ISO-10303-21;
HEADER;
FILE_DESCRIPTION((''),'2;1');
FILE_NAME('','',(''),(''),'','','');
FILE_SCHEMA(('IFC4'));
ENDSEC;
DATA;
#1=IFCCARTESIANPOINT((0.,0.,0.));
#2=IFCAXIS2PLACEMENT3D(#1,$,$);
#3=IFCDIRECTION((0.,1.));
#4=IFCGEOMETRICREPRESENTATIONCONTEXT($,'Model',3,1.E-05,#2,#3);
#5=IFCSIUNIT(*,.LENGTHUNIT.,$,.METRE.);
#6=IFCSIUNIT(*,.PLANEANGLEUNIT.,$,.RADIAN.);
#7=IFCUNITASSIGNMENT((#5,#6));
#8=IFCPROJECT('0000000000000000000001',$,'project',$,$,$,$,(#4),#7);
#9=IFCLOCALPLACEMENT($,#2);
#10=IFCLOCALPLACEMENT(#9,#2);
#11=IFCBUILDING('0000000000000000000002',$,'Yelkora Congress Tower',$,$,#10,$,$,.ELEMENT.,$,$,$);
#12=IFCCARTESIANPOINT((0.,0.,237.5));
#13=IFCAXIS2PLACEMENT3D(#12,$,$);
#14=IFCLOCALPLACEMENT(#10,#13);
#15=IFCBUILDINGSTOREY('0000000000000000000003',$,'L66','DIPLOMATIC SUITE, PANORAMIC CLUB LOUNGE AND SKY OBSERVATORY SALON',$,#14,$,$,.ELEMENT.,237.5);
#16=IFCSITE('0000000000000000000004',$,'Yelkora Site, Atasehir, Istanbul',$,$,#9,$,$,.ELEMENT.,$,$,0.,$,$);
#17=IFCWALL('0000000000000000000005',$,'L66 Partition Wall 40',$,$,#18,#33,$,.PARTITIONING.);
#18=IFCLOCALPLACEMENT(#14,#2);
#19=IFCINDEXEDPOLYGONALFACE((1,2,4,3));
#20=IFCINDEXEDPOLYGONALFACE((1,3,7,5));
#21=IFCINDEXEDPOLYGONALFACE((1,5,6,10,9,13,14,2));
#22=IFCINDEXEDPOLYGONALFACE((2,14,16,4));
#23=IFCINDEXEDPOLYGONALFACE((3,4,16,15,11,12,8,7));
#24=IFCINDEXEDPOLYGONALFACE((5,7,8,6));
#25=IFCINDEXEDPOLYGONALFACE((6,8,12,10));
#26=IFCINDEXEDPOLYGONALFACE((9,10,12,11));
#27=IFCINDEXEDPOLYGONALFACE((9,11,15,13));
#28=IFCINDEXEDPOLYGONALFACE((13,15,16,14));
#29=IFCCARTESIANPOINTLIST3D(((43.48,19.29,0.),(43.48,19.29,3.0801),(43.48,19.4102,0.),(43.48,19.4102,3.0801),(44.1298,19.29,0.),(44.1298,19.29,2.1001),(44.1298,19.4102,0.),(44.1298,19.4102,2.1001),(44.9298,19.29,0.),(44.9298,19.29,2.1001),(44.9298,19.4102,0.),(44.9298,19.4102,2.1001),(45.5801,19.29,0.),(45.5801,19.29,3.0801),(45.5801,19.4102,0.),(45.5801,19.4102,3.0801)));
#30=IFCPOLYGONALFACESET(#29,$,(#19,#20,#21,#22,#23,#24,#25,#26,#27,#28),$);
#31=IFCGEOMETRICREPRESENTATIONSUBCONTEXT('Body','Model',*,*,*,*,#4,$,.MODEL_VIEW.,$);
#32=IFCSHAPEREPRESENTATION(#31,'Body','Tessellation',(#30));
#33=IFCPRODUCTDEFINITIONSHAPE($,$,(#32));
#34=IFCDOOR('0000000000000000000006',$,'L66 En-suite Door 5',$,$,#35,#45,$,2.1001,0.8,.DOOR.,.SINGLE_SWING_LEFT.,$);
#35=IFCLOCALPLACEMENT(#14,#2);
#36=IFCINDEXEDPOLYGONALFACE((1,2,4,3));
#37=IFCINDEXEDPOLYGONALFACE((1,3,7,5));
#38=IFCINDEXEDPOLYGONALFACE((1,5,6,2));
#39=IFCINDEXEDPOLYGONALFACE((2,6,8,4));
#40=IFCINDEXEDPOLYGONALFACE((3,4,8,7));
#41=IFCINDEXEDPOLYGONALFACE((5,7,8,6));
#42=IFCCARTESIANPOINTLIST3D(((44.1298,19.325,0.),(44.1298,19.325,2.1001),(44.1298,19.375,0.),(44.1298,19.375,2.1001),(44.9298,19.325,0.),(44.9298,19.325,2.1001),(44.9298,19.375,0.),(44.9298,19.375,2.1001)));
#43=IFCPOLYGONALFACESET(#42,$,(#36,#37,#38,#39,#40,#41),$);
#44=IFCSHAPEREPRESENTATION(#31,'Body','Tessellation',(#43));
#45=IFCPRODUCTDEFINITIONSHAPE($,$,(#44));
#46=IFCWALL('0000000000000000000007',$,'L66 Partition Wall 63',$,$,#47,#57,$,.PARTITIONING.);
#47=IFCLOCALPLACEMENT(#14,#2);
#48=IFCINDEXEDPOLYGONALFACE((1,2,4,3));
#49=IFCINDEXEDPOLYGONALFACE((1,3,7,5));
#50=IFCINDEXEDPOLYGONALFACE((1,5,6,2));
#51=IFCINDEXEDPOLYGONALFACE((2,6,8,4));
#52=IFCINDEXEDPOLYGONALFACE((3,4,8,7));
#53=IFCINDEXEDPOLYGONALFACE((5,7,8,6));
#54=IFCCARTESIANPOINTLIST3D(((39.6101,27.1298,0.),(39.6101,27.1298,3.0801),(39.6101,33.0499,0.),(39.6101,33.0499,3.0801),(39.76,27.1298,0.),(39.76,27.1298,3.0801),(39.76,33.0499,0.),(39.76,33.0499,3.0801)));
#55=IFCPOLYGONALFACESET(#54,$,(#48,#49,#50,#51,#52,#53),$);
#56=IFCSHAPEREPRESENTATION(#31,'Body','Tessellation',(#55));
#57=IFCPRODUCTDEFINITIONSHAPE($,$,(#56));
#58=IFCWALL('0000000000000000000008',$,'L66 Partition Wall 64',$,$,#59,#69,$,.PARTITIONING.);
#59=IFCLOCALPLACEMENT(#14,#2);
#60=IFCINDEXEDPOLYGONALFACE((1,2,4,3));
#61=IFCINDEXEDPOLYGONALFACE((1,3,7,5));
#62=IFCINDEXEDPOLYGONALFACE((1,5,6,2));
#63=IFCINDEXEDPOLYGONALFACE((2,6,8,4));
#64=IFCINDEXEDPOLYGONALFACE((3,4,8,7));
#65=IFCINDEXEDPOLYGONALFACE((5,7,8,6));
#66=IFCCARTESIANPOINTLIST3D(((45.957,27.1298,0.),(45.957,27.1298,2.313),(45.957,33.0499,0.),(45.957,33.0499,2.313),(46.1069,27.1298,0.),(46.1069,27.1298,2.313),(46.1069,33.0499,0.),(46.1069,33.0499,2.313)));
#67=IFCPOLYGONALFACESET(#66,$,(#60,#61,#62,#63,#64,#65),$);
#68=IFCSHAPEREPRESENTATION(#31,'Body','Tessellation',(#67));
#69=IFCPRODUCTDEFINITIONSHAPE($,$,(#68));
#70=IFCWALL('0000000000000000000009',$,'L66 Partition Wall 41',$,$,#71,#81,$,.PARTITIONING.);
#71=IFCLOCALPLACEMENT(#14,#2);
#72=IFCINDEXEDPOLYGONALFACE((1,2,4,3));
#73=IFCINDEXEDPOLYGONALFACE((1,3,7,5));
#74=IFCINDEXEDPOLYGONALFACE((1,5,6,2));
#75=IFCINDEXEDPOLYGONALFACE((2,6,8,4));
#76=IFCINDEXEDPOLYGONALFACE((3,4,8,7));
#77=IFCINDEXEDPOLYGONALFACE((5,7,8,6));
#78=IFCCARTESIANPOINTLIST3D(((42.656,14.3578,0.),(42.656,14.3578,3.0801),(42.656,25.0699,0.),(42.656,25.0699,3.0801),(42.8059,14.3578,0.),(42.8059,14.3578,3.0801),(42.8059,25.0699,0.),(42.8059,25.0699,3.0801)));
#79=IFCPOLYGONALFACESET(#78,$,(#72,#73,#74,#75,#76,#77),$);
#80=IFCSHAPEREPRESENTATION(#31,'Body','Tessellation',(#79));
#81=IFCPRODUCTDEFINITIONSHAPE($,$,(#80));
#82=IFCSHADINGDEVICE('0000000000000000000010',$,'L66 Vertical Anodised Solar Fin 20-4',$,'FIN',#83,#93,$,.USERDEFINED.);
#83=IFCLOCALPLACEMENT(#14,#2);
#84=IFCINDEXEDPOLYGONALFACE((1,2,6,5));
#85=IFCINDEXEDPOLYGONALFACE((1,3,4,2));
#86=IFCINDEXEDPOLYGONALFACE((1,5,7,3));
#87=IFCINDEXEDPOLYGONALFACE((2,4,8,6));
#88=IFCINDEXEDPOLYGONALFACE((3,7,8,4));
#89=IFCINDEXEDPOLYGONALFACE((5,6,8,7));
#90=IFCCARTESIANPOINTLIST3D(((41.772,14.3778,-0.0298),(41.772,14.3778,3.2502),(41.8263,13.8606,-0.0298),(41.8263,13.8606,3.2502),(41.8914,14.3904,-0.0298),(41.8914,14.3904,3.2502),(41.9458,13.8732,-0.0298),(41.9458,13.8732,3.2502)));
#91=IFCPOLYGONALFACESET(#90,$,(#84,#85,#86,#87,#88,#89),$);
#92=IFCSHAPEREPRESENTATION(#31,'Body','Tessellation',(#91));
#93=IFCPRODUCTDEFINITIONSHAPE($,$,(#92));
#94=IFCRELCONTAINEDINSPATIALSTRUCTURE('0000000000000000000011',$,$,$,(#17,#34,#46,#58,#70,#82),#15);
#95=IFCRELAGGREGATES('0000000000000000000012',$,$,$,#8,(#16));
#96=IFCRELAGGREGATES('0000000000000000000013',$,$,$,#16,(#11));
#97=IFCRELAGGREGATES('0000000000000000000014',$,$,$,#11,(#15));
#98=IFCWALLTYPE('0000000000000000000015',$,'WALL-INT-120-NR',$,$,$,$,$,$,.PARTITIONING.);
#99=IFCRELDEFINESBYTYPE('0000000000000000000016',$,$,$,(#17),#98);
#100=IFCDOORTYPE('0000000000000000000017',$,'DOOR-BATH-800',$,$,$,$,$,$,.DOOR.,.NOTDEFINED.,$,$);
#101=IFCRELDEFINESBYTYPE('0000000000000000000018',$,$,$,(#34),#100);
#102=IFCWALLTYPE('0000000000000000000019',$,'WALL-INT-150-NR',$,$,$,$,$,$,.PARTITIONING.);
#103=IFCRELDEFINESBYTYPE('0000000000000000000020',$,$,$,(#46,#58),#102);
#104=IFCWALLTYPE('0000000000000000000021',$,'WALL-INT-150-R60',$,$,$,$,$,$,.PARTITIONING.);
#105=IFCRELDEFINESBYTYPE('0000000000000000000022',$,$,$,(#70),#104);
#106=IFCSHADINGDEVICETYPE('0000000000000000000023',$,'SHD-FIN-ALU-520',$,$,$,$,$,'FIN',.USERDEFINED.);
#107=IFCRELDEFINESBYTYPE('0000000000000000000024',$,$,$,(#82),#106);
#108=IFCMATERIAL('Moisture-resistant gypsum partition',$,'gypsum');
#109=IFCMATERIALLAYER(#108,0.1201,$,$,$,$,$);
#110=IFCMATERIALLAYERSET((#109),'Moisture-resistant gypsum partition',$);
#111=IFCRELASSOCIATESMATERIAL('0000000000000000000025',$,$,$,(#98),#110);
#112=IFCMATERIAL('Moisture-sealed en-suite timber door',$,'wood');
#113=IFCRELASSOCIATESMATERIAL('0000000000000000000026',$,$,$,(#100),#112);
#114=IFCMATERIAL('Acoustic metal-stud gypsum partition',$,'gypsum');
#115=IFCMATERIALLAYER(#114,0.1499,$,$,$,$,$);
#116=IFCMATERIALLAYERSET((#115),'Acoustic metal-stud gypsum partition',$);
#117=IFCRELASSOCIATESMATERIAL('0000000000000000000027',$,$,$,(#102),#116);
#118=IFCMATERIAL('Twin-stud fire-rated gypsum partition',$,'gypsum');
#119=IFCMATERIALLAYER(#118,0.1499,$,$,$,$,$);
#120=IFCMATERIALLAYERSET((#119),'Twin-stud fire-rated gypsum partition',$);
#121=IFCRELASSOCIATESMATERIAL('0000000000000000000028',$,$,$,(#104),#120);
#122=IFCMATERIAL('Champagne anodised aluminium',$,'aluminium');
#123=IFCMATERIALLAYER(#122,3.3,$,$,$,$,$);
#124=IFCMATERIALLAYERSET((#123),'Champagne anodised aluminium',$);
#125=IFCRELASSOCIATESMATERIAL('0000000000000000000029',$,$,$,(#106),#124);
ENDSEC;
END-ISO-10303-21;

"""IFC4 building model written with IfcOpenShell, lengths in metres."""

from ifc_helpers import new_model, si_unit, direction, frame, frame_2d, origin, origin_2d, place, context, subcontext, project, spatial, rectangle, extrude, material, layer, layer_set, type_object, element, fill, save


model = new_model("IFC4")

# Units and contexts
model_context = context("Model", 3, precision=1e-05, world=origin(), true_north=direction((0.0, 1.0)))
body_context = subcontext(model_context, "Body", "Model", "MODEL_VIEW")
ifc_project = project(units=[si_unit("LENGTHUNIT", "METRE"), si_unit("PLANEANGLEUNIT", "RADIAN")], contexts=[model_context])

# Site, building, storey
site_placement = place(None, origin())
site = spatial("IfcSite", under=ifc_project, at=site_placement, Name="Yelkora Site, Atasehir, Istanbul", CompositionType="ELEMENT", RefElevation=0.0)
building_placement = place(site_placement, origin())
building = spatial("IfcBuilding", under=site, at=building_placement, Name="Yelkora Congress Tower", CompositionType="ELEMENT")
storey_placement = place(building_placement, frame((0.0, 0.0, 237.5)))
storey = spatial("IfcBuildingStorey", under=building, at=storey_placement, Name="L66", Description="DIPLOMATIC SUITE, PANORAMIC CLUB LOUNGE AND SKY OBSERVATORY SALON", CompositionType="ELEMENT", Elevation=237.5)

# Shared definitions
ifc_material_1 = material(Name="Moisture-resistant gypsum partition", Category="gypsum")
ifc_layer_1 = layer(ifc_material_1, 0.1201)
ifc_layer_set_1 = layer_set([ifc_layer_1], Name="Moisture-resistant gypsum partition")
wall_type_1 = type_object("IfcWallType", Name="WALL-INT-120-NR", PredefinedType="PARTITIONING", material=ifc_layer_set_1)

# Shared definitions
ifc_material_2 = material(Name="Moisture-sealed en-suite timber door", Category="wood")
door_type = type_object("IfcDoorType", Name="DOOR-BATH-800", OperationType="NOTDEFINED", PredefinedType="DOOR", material=ifc_material_2)

# Wall, opening, door
wall_1_placement = place(storey_placement, frame((43.48, 19.3501, 0.0), z_axis=(0.0, 0.0, 1.0), x_axis=(1.0, 0.0, 0.0)))
wall_1 = element("IfcWall", 1, at=wall_1_placement, inside=storey, type_object=wall_type_1, Name="L66 Partition Wall 40", PredefinedType="PARTITIONING", context=body_context, shape_type="SweptSolid", body=[
    extrude(rectangle(XDim=2.1001, YDim=0.1201, at=frame_2d((1.05, 0.0))), origin(), (0.0, 0.0, 1.0), 3.0801),
])
opening_1_placement = place(wall_1_placement, frame((0.6499, 0.0, 0.0)))
opening_1 = element("IfcOpeningElement", 2, at=opening_1_placement, cuts=wall_1, PredefinedType="OPENING", context=body_context, shape_type="SweptSolid", body=[
    extrude(rectangle(XDim=0.8, YDim=2.1001, at=frame_2d((0.3999, 1.05))), frame((0.0, 0.0701, 0.0), z_axis=(0.0, -1.0, 0.0), x_axis=(1.0, 0.0, 0.0)), (0.0, 0.0, 1.0), 0.1401),
])
door_1_placement = place(opening_1_placement, origin())
door_1 = element("IfcDoor", 3, at=door_1_placement, inside=storey, type_object=door_type, Name="L66 En-suite Door 5", OperationType="SINGLE_SWING_LEFT", OverallHeight=2.1001, OverallWidth=0.8, PredefinedType="DOOR", context=body_context, shape_type="SweptSolid", body=[
    extrude(rectangle(XDim=0.8, YDim=2.1001, at=frame_2d((0.3999, 1.05))), frame((0.0, 0.0249, 0.0), z_axis=(0.0, -1.0, 0.0), x_axis=(1.0, 0.0, 0.0)), (0.0, 0.0, 1.0), 0.05),
])
fill(opening_1, door_1)

# Walls
ifc_material_3 = material(Name="Acoustic metal-stud gypsum partition", Category="gypsum")
ifc_layer_2 = layer(ifc_material_3, 0.1499)
ifc_layer_set_2 = layer_set([ifc_layer_2], Name="Acoustic metal-stud gypsum partition")
wall_type_2 = type_object("IfcWallType", Name="WALL-INT-150-NR", PredefinedType="PARTITIONING", material=ifc_layer_set_2)
wall_2_placement = place(storey_placement, frame((39.6851, 27.1299, 0.0), z_axis=(0.0, 0.0, 1.0), x_axis=(0.0, 1.0, 0.0)))
element("IfcWall", 4, at=wall_2_placement, inside=storey, type_object=wall_type_2, Name="L66 Partition Wall 63", PredefinedType="PARTITIONING", context=body_context, shape_type="SweptSolid", body=[
    extrude(rectangle(XDim=5.9202, YDim=0.1499, at=frame_2d((2.96, 0.0))), origin(), (0.0, 0.0, 1.0), 3.0801),
])
wall_3_placement = place(storey_placement, frame((46.032, 27.1299, 0.0), z_axis=(0.0, 0.0, 1.0), x_axis=(0.0, 1.0, 0.0)))
element("IfcWall", 5, at=wall_3_placement, inside=storey, type_object=wall_type_2, Name="L66 Partition Wall 64", PredefinedType="PARTITIONING", context=body_context, shape_type="SweptSolid", body=[
    extrude(rectangle(XDim=5.9202, YDim=0.1499, at=frame_2d((2.96, 0.0))), origin(), (0.0, 0.0, 1.0), 2.313),
])
ifc_material_4 = material(Name="Twin-stud fire-rated gypsum partition", Category="gypsum")
ifc_layer_3 = layer(ifc_material_4, 0.1499)
ifc_layer_set_3 = layer_set([ifc_layer_3], Name="Twin-stud fire-rated gypsum partition")
wall_type_3 = type_object("IfcWallType", Name="WALL-INT-150-R60", PredefinedType="PARTITIONING", material=ifc_layer_set_3)
wall_4_placement = place(storey_placement, frame((42.731, 14.3579, 0.0), z_axis=(0.0, 0.0, 1.0), x_axis=(0.0, 1.0, 0.0)))
element("IfcWall", 6, at=wall_4_placement, inside=storey, type_object=wall_type_3, Name="L66 Partition Wall 41", PredefinedType="PARTITIONING", context=body_context, shape_type="SweptSolid", body=[
    extrude(rectangle(XDim=10.7122, YDim=0.1499, at=frame_2d((5.356, 0.0))), origin(), (0.0, 0.0, 1.0), 3.0801),
])

# Shading device
ifc_material_5 = material(Name="Champagne anodised aluminium", Category="aluminium")
ifc_layer_4 = layer(ifc_material_5, 3.3)
ifc_layer_set_4 = layer_set([ifc_layer_4], Name="Champagne anodised aluminium")
shading_device_type = type_object("IfcShadingDeviceType", Name="SHD-FIN-ALU-520", ElementType="FIN", PredefinedType="USERDEFINED", material=ifc_layer_set_4)
shading_device_placement = place(storey_placement, frame((41.8589, 14.1255, -0.0298), z_axis=(0.0, 0.0, 1.0), x_axis=(-0.994522, -0.104528, 0.0)))
element("IfcShadingDevice", 7, at=shading_device_placement, inside=storey, type_object=shading_device_type, Name="L66 Vertical Anodised Solar Fin 20-4", ObjectType="FIN", PredefinedType="USERDEFINED", context=body_context, shape_type="SweptSolid", body=[
    extrude(rectangle(XDim=0.1201, YDim=0.52, at=origin_2d()), origin(), (0.0, 0.0, 1.0), 3.28),
])

save(model, "model.ifc")
